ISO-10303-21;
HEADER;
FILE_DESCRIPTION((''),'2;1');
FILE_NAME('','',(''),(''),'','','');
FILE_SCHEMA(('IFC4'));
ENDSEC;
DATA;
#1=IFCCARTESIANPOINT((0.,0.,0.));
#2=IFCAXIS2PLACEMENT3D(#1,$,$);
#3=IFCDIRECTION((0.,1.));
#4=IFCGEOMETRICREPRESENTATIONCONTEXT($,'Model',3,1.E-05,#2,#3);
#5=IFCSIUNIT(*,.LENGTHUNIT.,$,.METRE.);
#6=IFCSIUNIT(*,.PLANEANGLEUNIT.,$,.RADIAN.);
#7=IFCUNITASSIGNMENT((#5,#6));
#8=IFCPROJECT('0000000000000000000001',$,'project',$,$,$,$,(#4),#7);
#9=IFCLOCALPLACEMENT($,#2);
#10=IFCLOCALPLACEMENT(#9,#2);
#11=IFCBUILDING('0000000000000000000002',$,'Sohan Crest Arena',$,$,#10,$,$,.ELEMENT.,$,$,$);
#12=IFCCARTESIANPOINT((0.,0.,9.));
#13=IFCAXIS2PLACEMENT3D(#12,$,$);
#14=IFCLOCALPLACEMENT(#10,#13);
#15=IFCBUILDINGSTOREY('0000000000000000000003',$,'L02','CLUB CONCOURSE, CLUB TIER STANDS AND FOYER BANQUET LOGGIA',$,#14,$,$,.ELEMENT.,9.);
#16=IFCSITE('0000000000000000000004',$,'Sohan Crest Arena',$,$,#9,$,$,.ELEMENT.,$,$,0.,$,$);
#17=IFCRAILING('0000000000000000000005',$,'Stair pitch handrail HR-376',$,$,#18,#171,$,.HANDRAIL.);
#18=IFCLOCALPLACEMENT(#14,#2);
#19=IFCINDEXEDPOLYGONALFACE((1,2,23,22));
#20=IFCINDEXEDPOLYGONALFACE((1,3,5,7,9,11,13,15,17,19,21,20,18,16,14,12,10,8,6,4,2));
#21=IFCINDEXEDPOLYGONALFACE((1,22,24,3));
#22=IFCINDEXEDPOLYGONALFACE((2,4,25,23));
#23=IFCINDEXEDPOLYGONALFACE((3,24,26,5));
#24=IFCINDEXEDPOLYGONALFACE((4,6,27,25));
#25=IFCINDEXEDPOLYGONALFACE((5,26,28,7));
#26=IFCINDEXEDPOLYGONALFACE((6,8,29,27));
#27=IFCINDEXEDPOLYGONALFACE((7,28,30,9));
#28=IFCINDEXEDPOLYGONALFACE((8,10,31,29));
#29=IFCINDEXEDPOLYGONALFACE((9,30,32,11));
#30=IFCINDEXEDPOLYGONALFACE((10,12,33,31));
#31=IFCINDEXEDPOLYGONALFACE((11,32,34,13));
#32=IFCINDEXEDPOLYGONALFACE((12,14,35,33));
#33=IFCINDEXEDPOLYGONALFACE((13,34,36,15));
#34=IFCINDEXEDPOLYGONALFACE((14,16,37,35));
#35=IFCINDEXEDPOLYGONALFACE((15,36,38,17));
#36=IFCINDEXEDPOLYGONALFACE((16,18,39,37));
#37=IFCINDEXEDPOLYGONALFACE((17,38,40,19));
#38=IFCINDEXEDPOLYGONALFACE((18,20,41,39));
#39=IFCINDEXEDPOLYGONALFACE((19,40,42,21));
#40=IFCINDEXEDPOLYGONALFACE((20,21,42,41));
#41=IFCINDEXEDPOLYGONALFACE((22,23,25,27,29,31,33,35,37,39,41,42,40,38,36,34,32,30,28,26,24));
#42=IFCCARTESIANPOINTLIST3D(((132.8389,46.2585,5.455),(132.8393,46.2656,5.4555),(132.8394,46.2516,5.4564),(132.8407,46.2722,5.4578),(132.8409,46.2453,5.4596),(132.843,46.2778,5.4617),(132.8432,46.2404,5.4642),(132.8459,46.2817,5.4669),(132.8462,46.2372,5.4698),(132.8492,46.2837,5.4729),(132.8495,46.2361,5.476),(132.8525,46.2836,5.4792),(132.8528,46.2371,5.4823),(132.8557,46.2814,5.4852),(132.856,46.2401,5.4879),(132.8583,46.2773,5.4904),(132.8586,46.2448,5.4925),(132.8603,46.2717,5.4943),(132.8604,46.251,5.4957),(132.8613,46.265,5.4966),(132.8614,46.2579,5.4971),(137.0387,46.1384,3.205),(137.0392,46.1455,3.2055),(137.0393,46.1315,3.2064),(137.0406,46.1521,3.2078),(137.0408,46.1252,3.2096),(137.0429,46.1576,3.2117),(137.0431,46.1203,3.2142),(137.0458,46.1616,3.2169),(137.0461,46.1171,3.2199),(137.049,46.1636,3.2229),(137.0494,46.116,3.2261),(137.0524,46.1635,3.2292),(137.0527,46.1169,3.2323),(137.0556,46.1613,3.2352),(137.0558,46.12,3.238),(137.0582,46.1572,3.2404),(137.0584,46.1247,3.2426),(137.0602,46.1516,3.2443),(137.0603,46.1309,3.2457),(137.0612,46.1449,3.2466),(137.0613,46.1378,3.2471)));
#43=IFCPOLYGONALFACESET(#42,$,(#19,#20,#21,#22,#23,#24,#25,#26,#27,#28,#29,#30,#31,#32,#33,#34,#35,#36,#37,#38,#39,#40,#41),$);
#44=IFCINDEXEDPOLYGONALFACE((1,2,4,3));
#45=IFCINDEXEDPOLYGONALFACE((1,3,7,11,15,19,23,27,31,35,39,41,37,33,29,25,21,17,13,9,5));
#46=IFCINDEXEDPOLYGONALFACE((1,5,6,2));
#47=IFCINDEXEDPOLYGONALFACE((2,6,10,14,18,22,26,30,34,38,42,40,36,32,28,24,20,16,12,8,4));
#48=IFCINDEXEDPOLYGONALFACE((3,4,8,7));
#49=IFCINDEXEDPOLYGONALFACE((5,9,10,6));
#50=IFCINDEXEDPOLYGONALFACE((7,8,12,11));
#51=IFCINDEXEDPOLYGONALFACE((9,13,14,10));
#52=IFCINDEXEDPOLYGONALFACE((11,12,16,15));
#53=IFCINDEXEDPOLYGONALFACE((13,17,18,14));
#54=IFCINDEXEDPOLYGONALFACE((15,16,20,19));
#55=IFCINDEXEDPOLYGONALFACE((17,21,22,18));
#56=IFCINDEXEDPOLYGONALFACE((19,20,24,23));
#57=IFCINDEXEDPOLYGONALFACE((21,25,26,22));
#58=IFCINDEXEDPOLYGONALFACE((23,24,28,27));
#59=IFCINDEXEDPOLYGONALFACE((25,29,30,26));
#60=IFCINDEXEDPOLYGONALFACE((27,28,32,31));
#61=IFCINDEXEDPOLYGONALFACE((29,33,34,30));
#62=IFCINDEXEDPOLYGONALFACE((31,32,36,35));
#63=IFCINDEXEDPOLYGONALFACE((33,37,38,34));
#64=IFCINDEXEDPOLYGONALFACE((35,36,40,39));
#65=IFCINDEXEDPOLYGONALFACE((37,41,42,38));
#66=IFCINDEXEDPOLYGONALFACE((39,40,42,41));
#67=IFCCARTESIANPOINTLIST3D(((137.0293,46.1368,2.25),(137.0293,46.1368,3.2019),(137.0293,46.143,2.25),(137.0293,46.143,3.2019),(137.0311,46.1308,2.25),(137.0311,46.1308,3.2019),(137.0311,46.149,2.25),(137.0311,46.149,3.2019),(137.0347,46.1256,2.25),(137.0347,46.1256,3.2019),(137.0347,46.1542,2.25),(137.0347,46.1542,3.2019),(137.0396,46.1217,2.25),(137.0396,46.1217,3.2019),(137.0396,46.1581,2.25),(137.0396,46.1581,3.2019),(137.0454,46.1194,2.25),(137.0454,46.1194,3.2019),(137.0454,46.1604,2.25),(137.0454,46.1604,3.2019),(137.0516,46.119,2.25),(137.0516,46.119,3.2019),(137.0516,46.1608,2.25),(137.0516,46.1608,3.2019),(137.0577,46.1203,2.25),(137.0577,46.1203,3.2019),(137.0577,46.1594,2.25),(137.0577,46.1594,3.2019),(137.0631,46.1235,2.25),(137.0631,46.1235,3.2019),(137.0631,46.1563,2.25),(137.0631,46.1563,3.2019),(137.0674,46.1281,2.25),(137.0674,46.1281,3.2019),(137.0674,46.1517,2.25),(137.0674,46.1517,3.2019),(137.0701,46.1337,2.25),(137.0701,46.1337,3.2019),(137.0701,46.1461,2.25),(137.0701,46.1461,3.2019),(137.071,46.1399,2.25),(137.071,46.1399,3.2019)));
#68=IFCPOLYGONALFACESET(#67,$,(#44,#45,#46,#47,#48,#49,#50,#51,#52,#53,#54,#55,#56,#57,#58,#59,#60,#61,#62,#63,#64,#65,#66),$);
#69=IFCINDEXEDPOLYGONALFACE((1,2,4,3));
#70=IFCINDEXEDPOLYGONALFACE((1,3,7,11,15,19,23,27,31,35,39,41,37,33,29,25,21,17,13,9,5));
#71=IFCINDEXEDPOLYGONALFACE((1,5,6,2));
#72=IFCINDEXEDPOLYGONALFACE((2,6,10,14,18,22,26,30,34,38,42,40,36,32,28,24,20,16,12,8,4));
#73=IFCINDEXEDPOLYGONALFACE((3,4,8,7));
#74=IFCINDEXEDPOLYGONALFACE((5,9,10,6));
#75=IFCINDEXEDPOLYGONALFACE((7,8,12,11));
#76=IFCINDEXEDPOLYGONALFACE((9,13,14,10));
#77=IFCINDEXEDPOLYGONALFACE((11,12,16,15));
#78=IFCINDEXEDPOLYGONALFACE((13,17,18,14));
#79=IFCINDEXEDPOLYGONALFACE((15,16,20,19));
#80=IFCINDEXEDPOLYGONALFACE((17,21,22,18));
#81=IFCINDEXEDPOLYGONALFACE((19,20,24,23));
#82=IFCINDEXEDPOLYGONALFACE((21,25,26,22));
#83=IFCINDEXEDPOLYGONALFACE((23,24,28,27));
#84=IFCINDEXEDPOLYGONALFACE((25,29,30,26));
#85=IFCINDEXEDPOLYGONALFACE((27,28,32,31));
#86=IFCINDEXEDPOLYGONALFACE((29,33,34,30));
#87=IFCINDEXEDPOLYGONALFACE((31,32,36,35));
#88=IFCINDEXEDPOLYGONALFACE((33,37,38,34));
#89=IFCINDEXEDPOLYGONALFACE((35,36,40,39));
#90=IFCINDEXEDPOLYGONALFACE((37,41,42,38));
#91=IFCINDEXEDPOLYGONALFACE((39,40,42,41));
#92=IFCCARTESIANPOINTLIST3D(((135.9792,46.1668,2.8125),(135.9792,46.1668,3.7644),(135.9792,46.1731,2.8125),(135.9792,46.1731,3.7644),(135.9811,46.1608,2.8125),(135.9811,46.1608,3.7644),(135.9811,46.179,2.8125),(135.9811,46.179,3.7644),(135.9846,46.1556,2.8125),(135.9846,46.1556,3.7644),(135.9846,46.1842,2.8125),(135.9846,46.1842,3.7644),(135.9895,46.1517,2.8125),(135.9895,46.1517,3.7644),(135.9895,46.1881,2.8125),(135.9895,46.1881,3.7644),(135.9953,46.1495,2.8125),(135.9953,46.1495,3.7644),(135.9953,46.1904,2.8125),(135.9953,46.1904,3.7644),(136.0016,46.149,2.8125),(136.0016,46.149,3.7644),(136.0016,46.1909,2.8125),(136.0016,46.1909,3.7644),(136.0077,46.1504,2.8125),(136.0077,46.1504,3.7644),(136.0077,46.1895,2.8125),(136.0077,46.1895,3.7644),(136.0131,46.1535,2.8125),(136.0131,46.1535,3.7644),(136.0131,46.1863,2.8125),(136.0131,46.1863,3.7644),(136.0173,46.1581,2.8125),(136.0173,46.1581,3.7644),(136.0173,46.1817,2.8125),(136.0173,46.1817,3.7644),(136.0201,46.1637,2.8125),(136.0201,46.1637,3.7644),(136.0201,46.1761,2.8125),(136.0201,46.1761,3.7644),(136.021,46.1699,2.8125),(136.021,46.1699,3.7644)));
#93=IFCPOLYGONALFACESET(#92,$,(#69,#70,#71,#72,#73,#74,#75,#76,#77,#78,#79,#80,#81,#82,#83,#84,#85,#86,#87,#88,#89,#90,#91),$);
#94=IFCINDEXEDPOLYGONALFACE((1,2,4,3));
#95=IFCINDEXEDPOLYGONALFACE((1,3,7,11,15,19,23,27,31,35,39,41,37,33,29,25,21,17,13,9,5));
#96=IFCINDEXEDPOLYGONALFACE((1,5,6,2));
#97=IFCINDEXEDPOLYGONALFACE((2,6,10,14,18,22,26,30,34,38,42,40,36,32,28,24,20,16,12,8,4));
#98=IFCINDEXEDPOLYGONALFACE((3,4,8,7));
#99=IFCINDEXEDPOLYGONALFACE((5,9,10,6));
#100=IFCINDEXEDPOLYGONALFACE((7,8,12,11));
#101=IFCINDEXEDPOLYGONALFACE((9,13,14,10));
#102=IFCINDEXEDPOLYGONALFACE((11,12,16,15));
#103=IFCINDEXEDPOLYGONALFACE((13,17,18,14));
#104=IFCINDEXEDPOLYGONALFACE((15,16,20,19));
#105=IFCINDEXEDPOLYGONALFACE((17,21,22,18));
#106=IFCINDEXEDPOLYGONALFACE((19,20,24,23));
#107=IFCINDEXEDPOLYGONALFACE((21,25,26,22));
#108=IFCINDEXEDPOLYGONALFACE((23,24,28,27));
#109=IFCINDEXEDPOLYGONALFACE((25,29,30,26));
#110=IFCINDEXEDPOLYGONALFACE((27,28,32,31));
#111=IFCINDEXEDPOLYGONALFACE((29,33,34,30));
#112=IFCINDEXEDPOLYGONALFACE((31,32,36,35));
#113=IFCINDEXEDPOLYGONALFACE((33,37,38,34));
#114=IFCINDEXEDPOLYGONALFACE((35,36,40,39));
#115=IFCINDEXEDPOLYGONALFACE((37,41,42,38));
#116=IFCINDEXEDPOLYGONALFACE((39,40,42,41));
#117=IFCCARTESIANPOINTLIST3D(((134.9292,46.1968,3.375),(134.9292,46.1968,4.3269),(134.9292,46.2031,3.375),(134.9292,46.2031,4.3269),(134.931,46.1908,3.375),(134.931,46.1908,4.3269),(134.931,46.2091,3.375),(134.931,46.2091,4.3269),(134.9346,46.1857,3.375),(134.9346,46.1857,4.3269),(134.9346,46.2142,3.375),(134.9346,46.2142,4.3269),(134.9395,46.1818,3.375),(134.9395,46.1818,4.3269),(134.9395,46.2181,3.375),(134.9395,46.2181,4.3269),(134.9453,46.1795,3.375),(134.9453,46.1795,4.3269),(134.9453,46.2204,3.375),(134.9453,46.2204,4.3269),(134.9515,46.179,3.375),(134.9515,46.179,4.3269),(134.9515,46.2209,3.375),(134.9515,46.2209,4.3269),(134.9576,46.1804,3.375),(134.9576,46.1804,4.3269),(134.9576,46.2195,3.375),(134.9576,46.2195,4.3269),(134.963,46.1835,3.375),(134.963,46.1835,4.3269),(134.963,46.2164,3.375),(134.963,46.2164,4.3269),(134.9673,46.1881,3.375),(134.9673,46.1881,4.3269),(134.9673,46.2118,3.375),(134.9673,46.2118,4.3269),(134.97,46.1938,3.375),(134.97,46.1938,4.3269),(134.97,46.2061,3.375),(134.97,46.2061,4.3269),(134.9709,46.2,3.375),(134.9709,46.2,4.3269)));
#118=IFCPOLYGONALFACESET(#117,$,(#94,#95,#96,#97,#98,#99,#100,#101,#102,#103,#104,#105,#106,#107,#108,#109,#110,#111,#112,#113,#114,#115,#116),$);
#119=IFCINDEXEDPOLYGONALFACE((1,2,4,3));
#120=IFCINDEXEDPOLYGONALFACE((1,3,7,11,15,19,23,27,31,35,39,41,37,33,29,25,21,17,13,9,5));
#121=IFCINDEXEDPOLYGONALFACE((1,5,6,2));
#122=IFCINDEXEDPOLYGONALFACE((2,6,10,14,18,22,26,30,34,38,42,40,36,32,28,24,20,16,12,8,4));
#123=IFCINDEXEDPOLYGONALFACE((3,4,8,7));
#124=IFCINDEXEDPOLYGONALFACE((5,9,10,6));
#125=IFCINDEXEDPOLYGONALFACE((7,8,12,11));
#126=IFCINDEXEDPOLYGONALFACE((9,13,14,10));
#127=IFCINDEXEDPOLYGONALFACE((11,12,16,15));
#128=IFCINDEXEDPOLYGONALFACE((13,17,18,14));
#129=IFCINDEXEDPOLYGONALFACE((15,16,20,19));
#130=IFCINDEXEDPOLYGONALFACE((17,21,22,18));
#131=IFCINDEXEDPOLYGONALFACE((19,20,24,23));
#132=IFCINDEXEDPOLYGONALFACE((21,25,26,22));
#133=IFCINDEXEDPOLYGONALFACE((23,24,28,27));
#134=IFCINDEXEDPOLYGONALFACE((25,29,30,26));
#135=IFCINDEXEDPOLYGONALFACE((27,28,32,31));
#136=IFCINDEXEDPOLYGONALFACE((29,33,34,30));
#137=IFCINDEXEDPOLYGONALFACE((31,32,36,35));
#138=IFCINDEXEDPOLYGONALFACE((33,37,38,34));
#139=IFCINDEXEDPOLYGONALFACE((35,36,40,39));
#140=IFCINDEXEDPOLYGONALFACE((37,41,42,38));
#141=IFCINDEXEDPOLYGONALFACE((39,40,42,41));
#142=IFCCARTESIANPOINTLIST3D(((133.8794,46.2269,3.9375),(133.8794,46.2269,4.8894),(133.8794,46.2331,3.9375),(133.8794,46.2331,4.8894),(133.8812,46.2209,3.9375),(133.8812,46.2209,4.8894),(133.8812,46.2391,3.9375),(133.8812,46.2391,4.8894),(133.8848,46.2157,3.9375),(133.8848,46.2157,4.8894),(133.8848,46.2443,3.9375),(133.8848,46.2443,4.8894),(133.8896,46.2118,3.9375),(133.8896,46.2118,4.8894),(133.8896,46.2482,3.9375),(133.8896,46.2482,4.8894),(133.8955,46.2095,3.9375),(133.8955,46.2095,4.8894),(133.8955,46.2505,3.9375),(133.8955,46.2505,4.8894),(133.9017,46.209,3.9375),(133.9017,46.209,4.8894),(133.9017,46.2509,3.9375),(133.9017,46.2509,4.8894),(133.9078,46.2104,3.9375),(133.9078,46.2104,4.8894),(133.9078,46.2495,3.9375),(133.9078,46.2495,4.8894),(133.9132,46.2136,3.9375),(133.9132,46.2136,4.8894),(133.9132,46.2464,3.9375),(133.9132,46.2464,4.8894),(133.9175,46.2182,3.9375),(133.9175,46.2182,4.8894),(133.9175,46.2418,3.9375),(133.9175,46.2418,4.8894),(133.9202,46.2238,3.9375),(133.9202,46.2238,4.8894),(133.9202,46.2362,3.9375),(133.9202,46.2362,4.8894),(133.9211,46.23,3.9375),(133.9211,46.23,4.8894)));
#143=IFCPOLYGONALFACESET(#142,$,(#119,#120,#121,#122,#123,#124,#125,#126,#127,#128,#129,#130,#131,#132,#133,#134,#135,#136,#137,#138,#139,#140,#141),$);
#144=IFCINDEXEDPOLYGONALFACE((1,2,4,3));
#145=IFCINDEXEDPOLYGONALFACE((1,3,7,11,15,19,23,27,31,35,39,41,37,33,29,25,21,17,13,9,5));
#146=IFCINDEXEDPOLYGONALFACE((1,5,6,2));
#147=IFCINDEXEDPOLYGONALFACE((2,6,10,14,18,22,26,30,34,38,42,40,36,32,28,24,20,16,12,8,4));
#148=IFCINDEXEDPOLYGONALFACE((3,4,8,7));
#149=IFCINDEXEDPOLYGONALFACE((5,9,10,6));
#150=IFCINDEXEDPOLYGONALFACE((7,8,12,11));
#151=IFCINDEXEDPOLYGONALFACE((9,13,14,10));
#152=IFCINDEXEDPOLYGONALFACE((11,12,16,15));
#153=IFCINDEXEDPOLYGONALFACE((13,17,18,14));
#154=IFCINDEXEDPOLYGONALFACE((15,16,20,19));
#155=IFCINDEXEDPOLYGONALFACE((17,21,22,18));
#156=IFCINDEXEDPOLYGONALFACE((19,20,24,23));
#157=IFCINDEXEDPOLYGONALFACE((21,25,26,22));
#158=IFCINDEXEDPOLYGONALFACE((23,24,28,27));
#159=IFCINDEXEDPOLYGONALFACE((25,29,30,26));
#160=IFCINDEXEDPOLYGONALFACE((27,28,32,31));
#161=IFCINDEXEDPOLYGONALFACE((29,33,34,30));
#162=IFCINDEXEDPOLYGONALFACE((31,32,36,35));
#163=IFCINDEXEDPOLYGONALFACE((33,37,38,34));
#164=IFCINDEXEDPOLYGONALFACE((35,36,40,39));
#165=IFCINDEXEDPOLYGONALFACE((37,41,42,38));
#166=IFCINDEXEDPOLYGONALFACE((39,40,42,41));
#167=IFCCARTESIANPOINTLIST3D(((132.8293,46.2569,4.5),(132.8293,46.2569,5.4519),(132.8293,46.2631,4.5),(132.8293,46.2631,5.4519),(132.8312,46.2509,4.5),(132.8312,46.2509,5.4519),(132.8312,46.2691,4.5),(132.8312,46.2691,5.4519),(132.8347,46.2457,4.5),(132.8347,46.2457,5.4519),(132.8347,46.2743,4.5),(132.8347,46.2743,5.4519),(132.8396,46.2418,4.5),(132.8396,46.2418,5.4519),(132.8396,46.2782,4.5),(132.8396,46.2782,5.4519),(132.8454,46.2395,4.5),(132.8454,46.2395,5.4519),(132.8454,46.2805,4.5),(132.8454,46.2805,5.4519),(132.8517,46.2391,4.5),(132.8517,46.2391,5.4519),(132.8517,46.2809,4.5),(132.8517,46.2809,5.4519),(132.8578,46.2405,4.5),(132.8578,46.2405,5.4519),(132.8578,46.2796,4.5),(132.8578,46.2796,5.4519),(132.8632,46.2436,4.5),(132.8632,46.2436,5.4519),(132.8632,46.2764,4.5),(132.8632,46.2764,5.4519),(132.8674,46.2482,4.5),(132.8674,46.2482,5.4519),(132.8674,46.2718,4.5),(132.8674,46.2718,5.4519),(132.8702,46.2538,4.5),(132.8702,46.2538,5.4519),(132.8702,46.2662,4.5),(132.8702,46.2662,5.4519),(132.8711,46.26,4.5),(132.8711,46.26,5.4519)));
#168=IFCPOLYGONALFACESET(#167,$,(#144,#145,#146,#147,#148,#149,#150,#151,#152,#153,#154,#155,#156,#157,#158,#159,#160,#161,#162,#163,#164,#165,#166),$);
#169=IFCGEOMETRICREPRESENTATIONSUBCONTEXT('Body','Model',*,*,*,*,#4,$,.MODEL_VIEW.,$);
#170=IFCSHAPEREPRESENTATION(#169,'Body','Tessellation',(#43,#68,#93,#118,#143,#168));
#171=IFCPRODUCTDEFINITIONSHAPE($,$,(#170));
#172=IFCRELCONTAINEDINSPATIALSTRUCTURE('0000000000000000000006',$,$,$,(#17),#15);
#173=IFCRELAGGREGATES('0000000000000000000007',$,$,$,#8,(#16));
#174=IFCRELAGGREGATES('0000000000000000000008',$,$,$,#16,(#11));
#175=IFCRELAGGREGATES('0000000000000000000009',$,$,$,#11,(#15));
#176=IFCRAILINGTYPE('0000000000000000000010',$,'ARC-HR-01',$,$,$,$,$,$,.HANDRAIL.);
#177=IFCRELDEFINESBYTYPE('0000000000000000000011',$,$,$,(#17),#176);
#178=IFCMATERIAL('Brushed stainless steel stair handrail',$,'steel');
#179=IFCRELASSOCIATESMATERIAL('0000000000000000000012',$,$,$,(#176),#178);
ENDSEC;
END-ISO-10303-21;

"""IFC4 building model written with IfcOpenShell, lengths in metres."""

from ifc_helpers import new_model, si_unit, direction, frame, origin, origin_2d, place, context, subcontext, project, spatial, circle, extrude, material, type_object, element, save


model = new_model("IFC4")

# Units and contexts
model_context = context("Model", 3, precision=1e-05, world=origin(), true_north=direction((0.0, 1.0)))
body_context = subcontext(model_context, "Body", "Model", "MODEL_VIEW")
ifc_project = project(units=[si_unit("LENGTHUNIT", "METRE"), si_unit("PLANEANGLEUNIT", "RADIAN")], contexts=[model_context])

# Site, building, storey
site_placement = place(None, origin())
site = spatial("IfcSite", under=ifc_project, at=site_placement, Name="Sohan Crest Arena", CompositionType="ELEMENT", RefElevation=0.0)
building_placement = place(site_placement, origin())
building = spatial("IfcBuilding", under=site, at=building_placement, Name="Sohan Crest Arena", CompositionType="ELEMENT")
storey_placement = place(building_placement, frame((0.0, 0.0, 9.0)))
storey = spatial("IfcBuildingStorey", under=building, at=storey_placement, Name="L02", Description="CLUB CONCOURSE, CLUB TIER STANDS AND FOYER BANQUET LOGGIA", CompositionType="ELEMENT", Elevation=9.0)

# Railing
ifc_material_1 = material(Name="Brushed stainless steel stair handrail", Category="steel")
railing_type_1 = type_object("IfcRailingType", Name="ARC-HR-01", PredefinedType="HANDRAIL", material=ifc_material_1)
railing_1_placement = place(storey_placement, frame((137.05, 46.1399, 2.25)))
element("IfcRailing", 1, at=railing_1_placement, inside=storey, type_object=railing_type_1, Name="Stair pitch handrail HR-376", PredefinedType="HANDRAIL", context=body_context, shape_type="SweptSolid", body=[
    extrude(circle(Radius=0.0239, at=origin_2d()), frame((0.0, 0.0, 0.9761), z_axis=(-0.881198, 0.025202, 0.472076), x_axis=(-0.028588, -0.999591, 0.0)), (0.0, 0.0, 1.0), 4.7661),
    extrude(circle(Radius=0.021, at=origin_2d()), origin(), (0.0, 0.0, 1.0), 0.9519),
    extrude(circle(Radius=0.021, at=origin_2d()), frame((-1.05, 0.03, 0.5625)), (0.0, 0.0, 1.0), 0.9519),
    extrude(circle(Radius=0.021, at=origin_2d()), frame((-2.1001, 0.0601, 1.125)), (0.0, 0.0, 1.0), 0.9519),
    extrude(circle(Radius=0.021, at=origin_2d()), frame((-3.1499, 0.0901, 1.6875)), (0.0, 0.0, 1.0), 0.9519),
    extrude(circle(Radius=0.021, at=origin_2d()), frame((-4.2, 0.1201, 2.25)), (0.0, 0.0, 1.0), 0.9519),
])

save(model, "model.ifc")
